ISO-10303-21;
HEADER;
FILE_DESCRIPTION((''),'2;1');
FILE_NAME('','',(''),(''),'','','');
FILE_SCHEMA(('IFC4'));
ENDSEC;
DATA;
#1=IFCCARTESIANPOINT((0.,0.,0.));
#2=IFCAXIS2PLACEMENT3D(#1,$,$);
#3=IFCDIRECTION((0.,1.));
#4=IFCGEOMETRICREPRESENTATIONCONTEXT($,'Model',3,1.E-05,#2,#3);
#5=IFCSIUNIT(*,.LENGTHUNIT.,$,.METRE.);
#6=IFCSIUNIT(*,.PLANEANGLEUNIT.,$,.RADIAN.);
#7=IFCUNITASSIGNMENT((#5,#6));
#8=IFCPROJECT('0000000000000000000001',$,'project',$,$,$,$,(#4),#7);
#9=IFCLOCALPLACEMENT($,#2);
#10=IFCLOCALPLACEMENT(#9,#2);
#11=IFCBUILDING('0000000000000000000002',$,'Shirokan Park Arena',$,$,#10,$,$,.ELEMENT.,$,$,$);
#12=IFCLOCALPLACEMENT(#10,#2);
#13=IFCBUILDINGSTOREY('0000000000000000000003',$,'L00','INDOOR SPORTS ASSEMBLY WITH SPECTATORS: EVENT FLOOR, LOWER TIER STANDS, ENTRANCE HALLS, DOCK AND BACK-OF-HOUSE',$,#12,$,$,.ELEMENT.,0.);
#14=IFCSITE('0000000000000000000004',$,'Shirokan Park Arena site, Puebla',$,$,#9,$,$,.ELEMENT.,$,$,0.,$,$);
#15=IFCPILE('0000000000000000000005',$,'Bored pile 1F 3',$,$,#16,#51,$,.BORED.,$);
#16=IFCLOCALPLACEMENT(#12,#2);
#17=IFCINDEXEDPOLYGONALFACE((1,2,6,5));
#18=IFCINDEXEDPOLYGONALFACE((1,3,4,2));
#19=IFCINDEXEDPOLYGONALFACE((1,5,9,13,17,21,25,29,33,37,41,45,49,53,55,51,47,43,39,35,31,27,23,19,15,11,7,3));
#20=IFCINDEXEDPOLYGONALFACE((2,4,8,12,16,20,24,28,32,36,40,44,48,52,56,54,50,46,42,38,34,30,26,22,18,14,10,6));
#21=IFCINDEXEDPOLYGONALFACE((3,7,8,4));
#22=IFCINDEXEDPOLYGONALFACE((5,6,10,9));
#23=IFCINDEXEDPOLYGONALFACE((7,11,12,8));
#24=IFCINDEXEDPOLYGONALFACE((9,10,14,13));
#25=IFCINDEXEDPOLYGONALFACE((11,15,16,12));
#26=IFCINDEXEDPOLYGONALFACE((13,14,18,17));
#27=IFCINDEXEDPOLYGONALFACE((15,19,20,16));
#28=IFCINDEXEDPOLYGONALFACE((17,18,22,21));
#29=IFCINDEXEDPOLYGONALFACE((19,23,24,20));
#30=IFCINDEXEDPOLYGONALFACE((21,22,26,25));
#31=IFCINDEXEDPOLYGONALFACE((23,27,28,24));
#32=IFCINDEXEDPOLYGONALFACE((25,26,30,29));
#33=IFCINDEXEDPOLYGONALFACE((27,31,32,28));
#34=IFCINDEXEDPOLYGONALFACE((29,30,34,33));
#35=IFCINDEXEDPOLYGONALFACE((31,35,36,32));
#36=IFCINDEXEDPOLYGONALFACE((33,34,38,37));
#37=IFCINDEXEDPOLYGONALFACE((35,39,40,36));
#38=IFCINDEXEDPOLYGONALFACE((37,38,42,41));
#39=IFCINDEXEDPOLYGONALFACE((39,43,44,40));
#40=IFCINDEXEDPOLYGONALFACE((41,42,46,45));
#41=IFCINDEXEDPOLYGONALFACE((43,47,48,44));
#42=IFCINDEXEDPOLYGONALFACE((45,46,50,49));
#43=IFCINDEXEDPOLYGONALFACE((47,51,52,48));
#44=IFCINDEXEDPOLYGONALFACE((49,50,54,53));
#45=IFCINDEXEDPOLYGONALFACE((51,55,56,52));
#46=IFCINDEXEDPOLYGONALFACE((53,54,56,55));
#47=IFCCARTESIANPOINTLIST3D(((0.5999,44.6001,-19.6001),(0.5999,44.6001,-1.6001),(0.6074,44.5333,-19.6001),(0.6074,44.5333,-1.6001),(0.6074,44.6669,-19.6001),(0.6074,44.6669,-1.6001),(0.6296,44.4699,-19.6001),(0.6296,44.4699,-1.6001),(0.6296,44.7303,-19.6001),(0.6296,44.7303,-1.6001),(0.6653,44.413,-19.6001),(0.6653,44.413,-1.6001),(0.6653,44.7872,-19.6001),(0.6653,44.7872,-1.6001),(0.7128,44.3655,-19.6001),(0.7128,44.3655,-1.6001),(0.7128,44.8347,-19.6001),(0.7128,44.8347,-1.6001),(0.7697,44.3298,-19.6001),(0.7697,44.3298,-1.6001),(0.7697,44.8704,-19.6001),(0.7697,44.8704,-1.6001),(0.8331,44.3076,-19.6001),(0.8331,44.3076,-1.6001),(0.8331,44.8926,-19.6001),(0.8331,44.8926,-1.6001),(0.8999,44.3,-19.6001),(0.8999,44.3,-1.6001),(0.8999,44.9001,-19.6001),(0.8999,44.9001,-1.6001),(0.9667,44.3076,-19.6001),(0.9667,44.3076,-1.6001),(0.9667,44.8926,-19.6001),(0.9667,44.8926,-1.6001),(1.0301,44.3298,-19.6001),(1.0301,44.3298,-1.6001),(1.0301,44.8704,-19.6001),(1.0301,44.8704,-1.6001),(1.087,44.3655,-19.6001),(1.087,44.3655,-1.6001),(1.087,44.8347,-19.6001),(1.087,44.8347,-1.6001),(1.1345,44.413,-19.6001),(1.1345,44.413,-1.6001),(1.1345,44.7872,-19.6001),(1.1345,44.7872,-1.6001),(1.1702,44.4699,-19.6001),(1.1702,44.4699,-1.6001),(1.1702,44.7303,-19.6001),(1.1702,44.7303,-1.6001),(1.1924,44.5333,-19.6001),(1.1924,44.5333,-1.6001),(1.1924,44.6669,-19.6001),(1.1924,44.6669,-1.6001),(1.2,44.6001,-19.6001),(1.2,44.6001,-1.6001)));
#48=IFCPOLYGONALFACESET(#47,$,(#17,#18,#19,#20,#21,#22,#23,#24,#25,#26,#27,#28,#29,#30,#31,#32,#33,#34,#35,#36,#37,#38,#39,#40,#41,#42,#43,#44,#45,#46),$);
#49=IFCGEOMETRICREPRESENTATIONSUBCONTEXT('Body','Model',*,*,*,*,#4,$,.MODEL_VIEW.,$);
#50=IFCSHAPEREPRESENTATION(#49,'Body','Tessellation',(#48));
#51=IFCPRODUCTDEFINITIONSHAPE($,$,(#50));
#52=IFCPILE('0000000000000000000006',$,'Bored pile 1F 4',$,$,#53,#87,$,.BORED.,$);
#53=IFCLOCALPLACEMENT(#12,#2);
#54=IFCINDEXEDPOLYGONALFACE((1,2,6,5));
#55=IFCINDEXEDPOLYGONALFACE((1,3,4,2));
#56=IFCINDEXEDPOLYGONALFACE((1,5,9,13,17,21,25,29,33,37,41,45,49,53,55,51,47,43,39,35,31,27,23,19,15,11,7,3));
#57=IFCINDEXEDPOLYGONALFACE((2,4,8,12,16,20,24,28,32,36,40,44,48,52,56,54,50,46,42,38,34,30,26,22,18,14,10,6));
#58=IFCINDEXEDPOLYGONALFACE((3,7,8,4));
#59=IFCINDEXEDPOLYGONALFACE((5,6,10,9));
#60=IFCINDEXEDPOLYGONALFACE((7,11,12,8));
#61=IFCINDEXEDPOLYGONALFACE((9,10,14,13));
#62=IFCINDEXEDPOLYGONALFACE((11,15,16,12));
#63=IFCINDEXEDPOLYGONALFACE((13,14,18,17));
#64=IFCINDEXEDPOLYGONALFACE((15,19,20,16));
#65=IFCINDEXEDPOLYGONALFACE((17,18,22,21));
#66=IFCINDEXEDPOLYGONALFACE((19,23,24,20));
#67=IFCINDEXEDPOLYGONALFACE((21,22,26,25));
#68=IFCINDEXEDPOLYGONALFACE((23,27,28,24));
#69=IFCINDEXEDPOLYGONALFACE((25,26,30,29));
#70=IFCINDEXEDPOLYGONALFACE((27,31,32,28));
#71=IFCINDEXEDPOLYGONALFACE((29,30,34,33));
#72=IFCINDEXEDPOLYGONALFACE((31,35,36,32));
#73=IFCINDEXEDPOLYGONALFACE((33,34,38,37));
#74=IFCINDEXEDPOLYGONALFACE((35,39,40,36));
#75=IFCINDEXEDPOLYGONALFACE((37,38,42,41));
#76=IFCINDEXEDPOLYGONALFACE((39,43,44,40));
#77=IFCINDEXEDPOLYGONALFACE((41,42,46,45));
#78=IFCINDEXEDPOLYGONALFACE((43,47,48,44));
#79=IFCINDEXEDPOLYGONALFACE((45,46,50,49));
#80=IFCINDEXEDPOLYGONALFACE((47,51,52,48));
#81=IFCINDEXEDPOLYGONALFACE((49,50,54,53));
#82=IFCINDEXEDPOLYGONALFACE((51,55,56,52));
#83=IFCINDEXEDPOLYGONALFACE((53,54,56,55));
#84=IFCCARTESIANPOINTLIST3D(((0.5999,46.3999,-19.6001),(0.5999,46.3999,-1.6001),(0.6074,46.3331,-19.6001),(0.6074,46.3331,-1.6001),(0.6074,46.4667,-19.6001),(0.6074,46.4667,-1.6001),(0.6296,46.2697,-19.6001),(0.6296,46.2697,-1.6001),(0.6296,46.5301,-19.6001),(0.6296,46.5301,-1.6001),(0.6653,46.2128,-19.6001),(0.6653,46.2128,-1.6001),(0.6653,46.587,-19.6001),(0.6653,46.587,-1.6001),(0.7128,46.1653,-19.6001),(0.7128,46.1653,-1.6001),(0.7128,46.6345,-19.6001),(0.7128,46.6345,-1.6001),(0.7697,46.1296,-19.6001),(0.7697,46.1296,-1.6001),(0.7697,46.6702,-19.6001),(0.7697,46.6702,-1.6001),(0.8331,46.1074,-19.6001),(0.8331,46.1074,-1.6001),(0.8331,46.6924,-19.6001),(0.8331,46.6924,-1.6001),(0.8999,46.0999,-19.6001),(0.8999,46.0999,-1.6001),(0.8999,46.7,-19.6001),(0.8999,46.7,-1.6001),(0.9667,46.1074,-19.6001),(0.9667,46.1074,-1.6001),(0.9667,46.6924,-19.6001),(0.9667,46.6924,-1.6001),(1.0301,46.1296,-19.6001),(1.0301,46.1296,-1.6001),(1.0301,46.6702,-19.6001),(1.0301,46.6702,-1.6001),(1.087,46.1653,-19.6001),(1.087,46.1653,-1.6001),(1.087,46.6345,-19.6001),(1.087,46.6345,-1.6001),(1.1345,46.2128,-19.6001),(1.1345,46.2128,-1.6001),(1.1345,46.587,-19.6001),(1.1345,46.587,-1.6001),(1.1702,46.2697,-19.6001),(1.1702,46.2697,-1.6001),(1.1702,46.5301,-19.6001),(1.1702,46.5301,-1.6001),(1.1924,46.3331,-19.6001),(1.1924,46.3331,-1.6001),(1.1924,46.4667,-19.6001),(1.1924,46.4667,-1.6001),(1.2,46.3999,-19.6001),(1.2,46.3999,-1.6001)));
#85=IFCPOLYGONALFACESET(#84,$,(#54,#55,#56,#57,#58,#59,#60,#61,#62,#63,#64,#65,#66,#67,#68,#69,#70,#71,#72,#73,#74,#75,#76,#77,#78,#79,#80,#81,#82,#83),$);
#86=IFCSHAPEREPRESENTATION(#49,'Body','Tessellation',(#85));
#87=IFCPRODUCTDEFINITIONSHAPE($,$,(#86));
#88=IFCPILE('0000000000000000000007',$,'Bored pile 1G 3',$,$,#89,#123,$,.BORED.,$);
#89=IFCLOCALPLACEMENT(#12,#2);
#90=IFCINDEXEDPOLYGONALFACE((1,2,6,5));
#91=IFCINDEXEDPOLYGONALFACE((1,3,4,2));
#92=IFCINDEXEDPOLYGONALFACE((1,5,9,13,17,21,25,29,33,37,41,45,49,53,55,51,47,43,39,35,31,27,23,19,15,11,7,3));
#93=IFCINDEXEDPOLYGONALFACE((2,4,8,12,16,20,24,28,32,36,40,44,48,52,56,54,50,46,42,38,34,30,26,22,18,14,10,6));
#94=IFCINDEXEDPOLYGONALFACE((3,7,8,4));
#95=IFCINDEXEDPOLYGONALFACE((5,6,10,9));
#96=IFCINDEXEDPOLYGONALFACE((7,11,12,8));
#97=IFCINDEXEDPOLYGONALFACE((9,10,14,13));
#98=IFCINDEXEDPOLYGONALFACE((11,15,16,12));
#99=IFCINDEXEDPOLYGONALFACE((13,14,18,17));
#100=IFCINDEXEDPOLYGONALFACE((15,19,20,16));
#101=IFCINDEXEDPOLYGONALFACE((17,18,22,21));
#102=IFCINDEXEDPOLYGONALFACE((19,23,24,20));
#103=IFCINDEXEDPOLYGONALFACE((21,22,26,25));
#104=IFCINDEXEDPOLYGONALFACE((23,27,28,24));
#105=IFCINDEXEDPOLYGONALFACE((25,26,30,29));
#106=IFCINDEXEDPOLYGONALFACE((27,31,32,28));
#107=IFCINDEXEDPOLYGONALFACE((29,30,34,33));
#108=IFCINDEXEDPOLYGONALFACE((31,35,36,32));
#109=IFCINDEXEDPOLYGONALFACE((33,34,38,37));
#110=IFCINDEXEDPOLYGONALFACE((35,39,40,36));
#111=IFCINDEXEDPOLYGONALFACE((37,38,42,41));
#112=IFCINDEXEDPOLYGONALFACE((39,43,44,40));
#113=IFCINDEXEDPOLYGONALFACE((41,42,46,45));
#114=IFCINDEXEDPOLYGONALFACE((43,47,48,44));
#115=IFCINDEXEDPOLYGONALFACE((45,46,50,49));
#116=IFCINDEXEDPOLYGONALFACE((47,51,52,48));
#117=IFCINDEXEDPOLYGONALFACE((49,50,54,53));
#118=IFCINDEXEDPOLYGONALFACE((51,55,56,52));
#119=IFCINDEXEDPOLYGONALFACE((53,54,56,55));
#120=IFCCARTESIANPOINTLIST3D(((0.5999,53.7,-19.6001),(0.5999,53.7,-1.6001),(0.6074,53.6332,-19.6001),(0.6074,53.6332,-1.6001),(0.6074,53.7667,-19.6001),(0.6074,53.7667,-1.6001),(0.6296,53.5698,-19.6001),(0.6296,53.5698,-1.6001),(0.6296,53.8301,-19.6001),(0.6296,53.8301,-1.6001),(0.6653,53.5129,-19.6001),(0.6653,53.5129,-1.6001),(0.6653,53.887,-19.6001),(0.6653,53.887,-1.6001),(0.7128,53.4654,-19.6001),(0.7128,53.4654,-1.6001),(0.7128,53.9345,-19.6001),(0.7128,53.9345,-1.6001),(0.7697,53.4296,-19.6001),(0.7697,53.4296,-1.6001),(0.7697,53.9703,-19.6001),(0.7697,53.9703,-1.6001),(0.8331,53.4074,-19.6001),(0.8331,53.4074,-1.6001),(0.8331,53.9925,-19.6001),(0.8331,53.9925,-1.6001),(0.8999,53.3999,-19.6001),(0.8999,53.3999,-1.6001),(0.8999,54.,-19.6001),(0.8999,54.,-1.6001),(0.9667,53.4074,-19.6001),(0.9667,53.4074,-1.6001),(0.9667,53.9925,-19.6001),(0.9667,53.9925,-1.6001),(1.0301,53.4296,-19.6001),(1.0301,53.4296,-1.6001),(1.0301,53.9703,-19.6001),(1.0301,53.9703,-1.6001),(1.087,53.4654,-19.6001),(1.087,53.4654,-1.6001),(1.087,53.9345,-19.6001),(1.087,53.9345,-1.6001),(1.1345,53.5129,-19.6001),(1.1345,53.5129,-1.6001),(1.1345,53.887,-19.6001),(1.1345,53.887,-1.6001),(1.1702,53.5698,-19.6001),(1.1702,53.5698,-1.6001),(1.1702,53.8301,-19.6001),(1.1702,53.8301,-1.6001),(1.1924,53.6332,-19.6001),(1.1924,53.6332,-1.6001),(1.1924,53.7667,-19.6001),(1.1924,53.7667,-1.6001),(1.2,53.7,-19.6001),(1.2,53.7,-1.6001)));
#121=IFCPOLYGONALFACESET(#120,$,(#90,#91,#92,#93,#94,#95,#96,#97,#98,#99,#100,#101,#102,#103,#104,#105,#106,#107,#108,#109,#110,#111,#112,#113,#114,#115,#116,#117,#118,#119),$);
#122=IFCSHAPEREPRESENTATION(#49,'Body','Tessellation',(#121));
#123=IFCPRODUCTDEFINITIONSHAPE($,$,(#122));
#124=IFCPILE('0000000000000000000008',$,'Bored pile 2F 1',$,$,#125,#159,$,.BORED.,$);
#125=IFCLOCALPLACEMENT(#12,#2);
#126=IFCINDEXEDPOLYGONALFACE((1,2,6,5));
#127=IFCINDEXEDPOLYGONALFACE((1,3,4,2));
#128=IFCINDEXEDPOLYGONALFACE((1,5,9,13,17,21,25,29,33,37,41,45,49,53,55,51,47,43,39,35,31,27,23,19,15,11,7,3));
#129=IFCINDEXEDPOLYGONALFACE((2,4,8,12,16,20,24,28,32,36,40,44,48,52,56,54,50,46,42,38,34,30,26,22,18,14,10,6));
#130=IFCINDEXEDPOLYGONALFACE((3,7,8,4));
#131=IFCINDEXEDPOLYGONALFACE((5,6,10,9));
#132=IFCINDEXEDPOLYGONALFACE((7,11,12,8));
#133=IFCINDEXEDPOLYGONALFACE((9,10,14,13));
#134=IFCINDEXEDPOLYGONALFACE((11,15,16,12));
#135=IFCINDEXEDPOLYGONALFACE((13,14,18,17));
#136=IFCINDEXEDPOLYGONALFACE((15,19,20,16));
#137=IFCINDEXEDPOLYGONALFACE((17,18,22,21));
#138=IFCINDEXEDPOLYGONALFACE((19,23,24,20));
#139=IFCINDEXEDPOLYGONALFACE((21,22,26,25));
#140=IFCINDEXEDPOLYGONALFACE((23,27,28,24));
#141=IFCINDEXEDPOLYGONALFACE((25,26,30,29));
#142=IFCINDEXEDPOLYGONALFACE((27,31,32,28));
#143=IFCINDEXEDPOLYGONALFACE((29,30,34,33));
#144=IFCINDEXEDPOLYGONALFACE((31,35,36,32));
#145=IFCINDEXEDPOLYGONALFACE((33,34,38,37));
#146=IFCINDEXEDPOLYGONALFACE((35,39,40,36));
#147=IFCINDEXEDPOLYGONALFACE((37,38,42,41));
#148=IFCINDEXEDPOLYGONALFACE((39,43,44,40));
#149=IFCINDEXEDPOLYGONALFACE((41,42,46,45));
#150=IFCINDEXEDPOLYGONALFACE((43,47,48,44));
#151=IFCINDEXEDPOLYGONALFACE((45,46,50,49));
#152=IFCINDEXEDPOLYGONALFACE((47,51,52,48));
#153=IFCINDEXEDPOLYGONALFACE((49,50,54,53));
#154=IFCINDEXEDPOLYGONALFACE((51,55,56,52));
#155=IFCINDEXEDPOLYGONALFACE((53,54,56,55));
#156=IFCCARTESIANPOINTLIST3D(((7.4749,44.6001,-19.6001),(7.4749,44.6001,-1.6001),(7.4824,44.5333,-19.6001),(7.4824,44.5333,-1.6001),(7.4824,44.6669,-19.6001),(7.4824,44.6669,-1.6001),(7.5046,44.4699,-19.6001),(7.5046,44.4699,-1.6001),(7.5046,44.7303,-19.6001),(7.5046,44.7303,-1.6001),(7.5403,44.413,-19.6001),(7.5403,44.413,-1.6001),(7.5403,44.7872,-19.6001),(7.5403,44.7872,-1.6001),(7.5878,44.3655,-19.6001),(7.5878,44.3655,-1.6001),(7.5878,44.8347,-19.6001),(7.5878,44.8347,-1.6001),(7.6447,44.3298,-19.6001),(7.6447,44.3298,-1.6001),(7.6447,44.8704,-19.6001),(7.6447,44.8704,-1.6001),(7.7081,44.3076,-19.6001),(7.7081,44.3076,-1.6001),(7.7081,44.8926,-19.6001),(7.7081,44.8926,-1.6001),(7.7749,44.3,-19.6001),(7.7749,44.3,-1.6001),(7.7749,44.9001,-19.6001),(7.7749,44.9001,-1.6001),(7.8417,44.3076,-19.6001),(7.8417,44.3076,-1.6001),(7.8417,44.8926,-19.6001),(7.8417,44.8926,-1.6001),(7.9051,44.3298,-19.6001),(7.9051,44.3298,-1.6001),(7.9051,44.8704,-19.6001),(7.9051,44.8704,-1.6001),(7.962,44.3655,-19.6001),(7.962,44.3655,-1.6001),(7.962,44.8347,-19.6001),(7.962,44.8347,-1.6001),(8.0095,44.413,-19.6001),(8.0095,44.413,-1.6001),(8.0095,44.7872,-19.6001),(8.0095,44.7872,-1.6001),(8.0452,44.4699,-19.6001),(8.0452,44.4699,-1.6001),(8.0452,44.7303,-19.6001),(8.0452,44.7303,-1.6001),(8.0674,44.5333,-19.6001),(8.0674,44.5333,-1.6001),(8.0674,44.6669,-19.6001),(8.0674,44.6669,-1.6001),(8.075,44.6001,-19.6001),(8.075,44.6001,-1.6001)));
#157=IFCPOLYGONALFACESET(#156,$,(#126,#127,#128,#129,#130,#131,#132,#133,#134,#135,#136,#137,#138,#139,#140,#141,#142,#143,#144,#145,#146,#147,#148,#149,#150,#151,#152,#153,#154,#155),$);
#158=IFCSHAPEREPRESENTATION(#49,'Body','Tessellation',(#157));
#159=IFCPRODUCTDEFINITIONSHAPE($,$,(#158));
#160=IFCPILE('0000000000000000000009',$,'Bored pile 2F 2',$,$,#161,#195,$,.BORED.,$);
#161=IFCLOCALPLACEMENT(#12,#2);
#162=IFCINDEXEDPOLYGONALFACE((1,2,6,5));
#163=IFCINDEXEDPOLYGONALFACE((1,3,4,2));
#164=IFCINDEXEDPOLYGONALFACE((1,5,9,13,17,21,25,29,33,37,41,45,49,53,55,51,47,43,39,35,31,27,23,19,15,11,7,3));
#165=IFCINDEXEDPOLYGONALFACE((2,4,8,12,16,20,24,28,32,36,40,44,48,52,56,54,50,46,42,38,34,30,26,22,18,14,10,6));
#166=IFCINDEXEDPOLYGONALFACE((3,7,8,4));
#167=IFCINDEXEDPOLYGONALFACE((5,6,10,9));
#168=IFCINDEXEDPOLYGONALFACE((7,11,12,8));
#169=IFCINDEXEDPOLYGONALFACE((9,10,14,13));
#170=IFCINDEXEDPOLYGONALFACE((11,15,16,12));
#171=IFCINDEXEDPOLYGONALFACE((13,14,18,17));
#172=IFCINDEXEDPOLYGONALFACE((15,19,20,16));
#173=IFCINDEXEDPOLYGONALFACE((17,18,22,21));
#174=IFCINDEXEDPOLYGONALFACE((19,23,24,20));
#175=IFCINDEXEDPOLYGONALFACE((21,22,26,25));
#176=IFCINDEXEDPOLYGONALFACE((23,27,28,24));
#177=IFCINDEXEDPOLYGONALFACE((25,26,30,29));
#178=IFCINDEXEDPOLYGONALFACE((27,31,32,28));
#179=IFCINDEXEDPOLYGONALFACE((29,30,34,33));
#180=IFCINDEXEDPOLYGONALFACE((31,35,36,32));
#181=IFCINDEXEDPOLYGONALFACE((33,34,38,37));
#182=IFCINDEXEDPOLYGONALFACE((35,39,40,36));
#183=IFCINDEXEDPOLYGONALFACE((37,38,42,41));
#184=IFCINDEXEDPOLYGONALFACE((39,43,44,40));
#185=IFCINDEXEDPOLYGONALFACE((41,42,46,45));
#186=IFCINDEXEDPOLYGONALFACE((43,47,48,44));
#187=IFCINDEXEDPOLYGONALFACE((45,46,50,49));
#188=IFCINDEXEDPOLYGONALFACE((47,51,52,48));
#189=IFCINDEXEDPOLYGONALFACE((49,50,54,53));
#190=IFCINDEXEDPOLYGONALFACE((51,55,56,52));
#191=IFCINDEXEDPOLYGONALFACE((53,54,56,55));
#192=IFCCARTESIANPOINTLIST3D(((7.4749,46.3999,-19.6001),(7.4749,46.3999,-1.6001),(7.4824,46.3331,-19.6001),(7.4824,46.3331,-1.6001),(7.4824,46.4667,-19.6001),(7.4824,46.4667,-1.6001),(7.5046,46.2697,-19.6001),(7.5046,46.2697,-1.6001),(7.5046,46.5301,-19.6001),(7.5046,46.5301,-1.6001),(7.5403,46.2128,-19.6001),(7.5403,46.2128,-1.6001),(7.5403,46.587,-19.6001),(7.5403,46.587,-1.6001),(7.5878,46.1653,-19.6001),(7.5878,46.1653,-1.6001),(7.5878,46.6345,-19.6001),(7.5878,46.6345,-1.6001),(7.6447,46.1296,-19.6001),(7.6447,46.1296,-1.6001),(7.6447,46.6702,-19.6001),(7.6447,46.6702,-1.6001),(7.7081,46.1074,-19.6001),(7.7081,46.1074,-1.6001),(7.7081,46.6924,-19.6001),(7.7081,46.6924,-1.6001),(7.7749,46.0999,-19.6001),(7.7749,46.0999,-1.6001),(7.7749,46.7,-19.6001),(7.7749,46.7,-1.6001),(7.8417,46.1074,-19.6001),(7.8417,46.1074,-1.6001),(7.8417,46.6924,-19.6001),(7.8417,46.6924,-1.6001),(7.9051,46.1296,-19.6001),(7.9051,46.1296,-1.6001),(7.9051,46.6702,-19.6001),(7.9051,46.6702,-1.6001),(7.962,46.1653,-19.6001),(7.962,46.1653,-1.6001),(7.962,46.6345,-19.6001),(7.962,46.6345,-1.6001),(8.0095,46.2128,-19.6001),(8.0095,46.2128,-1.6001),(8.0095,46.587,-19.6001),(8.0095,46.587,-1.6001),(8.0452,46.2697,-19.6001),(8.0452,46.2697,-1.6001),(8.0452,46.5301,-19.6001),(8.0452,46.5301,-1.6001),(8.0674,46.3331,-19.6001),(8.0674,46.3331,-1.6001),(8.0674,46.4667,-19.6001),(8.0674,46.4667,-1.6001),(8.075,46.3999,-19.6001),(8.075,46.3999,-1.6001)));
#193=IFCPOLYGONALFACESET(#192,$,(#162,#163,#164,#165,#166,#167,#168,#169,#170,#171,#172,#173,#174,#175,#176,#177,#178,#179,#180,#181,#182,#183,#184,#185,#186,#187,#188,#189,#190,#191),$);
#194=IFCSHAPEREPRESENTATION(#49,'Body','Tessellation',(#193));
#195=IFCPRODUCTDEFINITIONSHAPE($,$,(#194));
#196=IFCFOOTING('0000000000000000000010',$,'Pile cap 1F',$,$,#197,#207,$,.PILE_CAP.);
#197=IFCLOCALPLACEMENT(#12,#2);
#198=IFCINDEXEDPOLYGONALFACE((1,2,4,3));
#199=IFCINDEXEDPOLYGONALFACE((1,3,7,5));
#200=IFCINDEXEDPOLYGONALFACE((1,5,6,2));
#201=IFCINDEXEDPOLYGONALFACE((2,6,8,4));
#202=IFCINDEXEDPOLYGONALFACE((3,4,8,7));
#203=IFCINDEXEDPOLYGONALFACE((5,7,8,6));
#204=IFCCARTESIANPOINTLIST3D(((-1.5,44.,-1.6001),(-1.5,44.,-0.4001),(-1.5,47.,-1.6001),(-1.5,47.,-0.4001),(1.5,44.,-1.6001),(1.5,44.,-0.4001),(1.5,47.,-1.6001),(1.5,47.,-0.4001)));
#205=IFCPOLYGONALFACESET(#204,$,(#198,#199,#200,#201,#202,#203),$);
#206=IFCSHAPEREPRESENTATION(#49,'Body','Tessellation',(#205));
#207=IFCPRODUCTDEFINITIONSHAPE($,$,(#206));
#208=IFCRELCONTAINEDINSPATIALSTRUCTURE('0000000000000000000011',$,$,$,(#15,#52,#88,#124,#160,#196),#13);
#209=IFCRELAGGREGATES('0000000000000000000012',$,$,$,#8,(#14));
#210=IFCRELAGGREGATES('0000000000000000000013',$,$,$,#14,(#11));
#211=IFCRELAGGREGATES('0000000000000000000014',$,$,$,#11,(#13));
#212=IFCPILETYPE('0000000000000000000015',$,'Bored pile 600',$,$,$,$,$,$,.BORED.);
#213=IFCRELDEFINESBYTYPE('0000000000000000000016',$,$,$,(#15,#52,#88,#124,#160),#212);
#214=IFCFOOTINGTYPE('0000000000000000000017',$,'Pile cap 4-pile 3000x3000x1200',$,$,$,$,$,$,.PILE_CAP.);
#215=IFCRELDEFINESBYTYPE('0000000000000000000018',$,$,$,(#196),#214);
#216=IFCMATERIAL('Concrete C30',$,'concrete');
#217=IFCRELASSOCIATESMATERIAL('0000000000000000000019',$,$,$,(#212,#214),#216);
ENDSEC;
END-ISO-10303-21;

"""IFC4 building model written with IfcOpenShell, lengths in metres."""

from ifc_helpers import new_model, si_unit, direction, frame, origin, origin_2d, place, context, subcontext, project, spatial, rectangle, circle, extrude, material, material_profile, profile_set, type_object, element, save


model = new_model("IFC4")

# Units and contexts
model_context = context("Model", 3, precision=1e-05, world=origin(), true_north=direction((0.0, 1.0)))
body_context = subcontext(model_context, "Body", "Model", "MODEL_VIEW")
ifc_project = project(units=[si_unit("LENGTHUNIT", "METRE"), si_unit("PLANEANGLEUNIT", "RADIAN")], contexts=[model_context])

# Site, building, storey
site_placement = place(None, origin())
site = spatial("IfcSite", under=ifc_project, at=site_placement, Name="Shirokan Park Arena site, Puebla", CompositionType="ELEMENT", RefElevation=0.0)
building_placement = place(site_placement, origin())
building = spatial("IfcBuilding", under=site, at=building_placement, Name="Shirokan Park Arena", CompositionType="ELEMENT")
storey_placement = place(building_placement, origin())
storey = spatial("IfcBuildingStorey", under=building, at=storey_placement, Name="L00", Description="INDOOR SPORTS ASSEMBLY WITH SPECTATORS: EVENT FLOOR, LOWER TIER STANDS, ENTRANCE HALLS, DOCK AND BACK-OF-HOUSE", CompositionType="ELEMENT", Elevation=0.0)

# Piles
ifc_material_1 = material(Name="Concrete C30", Category="concrete")
ifc_material_profile_1 = material_profile(ifc_material_1, circle(Radius=0.3, at=origin_2d()), Name="D600")
ifc_profile_set_1 = profile_set([ifc_material_profile_1], Name="Concrete C30")
pile_type = type_object("IfcPileType", Name="Bored pile 600", PredefinedType="BORED", material=ifc_profile_set_1)
for number, where, z_axis, x_axis, name in (
    (1, (0.8999, 44.6001, -1.6001), (0.0, 0.0, -1.0), (1.0, 0.0, 0.0), "Bored pile 1F 3"),
    (2, (0.8999, 46.3999, -1.6001), (0.0, 0.0, -1.0), (1.0, 0.0, 0.0), "Bored pile 1F 4"),
    (3, (0.8999, 53.7, -1.6001), (0.0, 0.0, -1.0), (1.0, 0.0, 0.0), "Bored pile 1G 3"),
    (4, (7.7749, 44.6001, -1.6001), (0.0, 0.0, -1.0), (1.0, 0.0, 0.0), "Bored pile 2F 1"),
    (5, (7.7749, 46.3999, -1.6001), (0.0, 0.0, -1.0), (1.0, 0.0, 0.0), "Bored pile 2F 2"),
):
    element("IfcPile", number, at=place(storey_placement, frame(where, z_axis=z_axis, x_axis=x_axis)), inside=storey, type_object=pile_type, Name=name, PredefinedType="BORED", context=body_context, shape_type="SweptSolid", body=[
        extrude(circle(Radius=0.3, at=origin_2d()), origin(), (0.0, 0.0, 1.0), 18.0),
    ])

# Footing
footing_type = type_object("IfcFootingType", Name="Pile cap 4-pile 3000x3000x1200", PredefinedType="PILE_CAP", material=ifc_material_1)
footing_placement = place(storey_placement, frame((0.0, 45.5, -1.6001), z_axis=(0.0, 0.0, 1.0), x_axis=(1.0, 0.0, 0.0)))
element("IfcFooting", 6, at=footing_placement, inside=storey, type_object=footing_type, Name="Pile cap 1F", PredefinedType="PILE_CAP", context=body_context, shape_type="SweptSolid", body=[
    extrude(rectangle(XDim=3.0, YDim=3.0, at=origin_2d()), origin(), (0.0, 0.0, 1.0), 1.2),
])

save(model, "model.ifc")
